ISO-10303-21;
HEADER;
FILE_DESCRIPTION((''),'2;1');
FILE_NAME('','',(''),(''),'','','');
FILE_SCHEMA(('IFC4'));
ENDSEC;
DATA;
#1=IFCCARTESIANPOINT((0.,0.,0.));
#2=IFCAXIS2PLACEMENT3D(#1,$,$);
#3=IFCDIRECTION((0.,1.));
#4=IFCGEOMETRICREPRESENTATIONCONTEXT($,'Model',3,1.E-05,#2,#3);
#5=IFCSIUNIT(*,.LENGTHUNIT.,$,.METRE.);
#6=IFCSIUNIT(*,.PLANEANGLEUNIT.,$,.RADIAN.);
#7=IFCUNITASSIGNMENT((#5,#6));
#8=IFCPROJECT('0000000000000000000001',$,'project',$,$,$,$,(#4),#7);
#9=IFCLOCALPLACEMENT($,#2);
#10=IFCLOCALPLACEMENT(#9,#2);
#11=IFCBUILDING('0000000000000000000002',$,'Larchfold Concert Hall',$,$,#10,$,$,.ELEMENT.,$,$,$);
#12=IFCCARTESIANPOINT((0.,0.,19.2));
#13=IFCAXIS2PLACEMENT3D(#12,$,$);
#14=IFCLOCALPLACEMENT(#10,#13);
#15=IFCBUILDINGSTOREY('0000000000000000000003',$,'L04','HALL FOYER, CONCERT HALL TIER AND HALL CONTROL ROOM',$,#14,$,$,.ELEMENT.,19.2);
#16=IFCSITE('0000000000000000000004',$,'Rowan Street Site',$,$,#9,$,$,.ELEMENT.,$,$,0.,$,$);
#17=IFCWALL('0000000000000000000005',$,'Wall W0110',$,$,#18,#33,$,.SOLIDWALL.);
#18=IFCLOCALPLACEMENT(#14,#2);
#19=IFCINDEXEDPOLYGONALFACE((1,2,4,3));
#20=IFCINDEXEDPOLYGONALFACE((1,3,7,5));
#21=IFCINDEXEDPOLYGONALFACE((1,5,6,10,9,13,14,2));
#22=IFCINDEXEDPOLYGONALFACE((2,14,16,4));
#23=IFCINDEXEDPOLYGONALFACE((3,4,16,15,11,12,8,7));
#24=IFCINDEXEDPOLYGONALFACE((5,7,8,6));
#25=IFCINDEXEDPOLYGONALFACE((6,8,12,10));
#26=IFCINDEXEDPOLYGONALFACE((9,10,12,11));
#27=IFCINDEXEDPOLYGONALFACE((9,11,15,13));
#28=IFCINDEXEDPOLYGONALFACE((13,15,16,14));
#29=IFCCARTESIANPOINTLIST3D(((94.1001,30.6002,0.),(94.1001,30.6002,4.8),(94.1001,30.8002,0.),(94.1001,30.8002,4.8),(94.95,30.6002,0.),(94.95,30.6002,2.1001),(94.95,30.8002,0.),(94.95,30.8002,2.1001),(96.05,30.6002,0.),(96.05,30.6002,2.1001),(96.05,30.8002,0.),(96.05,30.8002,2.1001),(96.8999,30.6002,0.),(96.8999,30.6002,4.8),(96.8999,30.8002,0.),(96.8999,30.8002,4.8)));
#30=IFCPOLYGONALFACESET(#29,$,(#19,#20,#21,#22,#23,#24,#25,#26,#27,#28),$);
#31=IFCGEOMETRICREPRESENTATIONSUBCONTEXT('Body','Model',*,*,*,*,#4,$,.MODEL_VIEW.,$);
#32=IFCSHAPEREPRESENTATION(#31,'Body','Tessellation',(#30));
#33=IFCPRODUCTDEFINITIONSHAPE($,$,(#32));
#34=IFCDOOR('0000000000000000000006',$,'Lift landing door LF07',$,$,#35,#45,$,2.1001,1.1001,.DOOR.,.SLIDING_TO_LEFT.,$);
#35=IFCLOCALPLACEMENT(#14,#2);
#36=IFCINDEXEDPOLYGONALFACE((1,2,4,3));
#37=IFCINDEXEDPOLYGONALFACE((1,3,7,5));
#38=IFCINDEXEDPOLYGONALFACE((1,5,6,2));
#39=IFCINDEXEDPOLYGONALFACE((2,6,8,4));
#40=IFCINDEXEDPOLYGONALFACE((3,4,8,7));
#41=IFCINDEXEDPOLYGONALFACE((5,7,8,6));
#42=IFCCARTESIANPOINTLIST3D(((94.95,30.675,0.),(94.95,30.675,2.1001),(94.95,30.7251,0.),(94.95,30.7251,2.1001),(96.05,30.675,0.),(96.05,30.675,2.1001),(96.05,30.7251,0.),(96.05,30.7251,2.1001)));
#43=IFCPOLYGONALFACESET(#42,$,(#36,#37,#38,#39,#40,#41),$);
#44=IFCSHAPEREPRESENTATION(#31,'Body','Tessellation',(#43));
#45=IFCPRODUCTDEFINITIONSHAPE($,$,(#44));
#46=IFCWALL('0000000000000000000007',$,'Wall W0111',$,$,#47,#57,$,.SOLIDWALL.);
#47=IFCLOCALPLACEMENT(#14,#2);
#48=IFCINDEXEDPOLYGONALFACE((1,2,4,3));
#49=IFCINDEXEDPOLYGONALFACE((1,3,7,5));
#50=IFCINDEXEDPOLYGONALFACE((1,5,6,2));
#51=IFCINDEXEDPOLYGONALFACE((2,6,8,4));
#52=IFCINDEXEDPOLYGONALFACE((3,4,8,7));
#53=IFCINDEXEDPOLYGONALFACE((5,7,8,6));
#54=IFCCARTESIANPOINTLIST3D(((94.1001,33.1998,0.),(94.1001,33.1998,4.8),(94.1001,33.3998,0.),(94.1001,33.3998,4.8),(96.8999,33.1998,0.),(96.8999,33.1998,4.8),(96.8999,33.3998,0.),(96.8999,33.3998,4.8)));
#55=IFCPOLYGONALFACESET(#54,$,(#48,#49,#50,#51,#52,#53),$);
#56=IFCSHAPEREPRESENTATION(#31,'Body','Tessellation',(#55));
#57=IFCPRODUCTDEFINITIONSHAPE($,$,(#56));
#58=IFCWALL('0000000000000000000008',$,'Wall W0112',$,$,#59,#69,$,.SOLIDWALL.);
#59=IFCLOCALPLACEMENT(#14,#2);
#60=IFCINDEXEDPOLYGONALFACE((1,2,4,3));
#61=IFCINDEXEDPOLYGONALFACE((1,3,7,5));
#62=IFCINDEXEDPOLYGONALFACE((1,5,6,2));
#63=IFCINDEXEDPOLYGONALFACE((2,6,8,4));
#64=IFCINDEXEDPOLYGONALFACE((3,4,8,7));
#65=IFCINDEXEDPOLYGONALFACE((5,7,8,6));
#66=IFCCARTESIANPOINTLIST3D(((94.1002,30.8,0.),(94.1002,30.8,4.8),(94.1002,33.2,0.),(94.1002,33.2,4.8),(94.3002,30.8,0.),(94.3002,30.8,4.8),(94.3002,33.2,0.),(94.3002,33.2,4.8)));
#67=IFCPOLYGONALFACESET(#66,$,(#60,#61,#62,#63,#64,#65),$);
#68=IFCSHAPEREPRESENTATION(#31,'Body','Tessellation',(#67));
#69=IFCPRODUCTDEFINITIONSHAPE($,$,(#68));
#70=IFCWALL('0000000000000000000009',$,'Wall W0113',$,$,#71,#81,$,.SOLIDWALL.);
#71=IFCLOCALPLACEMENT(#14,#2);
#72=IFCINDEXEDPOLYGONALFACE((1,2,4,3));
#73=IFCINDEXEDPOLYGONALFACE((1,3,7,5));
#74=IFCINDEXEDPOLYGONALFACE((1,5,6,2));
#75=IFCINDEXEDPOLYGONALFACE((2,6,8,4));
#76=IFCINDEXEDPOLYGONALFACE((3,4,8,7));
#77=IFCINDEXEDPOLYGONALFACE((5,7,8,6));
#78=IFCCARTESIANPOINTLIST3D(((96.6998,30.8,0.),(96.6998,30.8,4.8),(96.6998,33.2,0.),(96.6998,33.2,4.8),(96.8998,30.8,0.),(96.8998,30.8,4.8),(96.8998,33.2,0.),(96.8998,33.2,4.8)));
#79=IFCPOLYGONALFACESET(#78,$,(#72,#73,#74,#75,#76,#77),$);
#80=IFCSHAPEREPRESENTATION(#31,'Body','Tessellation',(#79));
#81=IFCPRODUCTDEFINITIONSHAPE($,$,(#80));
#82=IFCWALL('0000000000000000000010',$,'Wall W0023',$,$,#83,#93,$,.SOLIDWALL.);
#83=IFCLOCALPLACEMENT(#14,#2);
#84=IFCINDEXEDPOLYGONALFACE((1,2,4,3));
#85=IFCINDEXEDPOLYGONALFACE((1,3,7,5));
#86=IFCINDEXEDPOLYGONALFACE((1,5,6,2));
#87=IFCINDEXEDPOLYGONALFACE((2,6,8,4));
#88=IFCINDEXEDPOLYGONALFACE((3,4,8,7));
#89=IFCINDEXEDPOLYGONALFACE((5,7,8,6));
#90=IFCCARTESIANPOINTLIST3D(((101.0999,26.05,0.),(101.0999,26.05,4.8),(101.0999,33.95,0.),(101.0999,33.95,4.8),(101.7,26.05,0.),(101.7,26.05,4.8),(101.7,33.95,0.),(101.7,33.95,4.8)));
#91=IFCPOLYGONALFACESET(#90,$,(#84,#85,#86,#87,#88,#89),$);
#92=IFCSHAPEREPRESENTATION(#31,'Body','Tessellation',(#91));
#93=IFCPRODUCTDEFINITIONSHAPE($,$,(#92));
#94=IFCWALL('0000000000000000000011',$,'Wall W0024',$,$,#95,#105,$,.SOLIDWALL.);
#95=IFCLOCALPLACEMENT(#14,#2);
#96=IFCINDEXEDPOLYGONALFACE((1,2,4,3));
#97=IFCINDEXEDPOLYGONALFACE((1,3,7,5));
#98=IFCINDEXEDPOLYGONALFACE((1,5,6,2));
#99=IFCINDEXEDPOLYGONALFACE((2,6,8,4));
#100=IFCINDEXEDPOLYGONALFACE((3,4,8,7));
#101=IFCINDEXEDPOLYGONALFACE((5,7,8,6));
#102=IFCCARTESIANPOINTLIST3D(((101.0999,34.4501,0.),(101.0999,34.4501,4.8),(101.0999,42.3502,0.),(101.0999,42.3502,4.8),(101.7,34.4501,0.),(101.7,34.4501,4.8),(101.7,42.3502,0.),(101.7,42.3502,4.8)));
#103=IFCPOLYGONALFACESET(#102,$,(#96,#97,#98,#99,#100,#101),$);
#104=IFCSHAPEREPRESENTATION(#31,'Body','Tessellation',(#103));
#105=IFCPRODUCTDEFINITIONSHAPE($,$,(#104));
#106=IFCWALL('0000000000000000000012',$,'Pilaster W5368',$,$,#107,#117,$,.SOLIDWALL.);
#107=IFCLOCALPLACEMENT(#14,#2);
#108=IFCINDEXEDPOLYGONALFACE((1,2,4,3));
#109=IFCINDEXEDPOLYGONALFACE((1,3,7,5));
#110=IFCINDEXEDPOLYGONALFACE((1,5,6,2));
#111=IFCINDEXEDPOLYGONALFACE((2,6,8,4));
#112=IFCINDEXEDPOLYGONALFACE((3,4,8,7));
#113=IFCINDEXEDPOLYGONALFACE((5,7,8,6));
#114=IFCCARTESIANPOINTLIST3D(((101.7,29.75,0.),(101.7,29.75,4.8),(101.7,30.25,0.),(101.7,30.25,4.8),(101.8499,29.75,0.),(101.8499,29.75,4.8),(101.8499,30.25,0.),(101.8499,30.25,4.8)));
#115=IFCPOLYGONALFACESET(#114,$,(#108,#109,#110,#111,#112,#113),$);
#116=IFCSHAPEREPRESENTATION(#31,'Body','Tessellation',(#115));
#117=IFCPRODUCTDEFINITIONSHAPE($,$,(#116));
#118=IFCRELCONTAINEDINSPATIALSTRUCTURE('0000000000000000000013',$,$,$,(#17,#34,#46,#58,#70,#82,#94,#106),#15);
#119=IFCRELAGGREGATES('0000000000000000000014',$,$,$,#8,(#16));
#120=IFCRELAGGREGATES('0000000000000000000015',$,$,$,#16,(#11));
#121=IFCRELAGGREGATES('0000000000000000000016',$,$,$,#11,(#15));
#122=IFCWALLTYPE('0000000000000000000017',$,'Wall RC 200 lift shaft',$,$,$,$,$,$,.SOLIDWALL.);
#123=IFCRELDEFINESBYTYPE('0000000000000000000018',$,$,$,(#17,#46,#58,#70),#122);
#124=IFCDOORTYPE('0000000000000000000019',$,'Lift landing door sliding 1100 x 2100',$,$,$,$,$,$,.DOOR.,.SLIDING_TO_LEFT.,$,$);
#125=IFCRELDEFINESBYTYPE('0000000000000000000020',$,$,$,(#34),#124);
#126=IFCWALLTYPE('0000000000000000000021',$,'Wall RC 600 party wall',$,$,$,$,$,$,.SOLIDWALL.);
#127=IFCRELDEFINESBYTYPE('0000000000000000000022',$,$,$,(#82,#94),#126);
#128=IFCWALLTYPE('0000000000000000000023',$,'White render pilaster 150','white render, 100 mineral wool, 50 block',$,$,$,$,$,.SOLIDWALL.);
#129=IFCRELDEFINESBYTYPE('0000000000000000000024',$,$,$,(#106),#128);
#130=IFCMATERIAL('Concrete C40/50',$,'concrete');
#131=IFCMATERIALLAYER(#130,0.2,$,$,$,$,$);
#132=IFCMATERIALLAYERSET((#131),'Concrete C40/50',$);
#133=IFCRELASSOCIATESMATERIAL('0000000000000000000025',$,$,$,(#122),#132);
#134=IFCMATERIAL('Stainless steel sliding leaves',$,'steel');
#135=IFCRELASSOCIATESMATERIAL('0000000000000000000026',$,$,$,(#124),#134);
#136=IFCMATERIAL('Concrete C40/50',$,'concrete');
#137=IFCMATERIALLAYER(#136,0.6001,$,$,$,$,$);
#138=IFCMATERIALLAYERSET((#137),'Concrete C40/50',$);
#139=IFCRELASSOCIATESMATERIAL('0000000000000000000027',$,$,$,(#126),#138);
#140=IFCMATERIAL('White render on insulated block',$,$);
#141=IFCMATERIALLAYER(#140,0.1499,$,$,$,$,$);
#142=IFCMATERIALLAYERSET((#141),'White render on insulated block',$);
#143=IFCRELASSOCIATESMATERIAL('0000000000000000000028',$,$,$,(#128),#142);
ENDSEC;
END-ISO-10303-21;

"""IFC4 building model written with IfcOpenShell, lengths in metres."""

from ifc_helpers import new_model, si_unit, direction, frame, frame_2d, origin, place, context, subcontext, project, spatial, rectangle, extrude, material, layer, layer_set, type_object, element, fill, save


model = new_model("IFC4")

# Units and contexts
model_context = context("Model", 3, precision=1e-05, world=origin(), true_north=direction((0.0, 1.0)))
body_context = subcontext(model_context, "Body", "Model", "MODEL_VIEW")
ifc_project = project(units=[si_unit("LENGTHUNIT", "METRE"), si_unit("PLANEANGLEUNIT", "RADIAN")], contexts=[model_context])

# Site, building, storey
site_placement = place(None, origin())
site = spatial("IfcSite", under=ifc_project, at=site_placement, Name="Rowan Street Site", CompositionType="ELEMENT", RefElevation=0.0)
building_placement = place(site_placement, origin())
building = spatial("IfcBuilding", under=site, at=building_placement, Name="Larchfold Concert Hall", CompositionType="ELEMENT")
storey_placement = place(building_placement, frame((0.0, 0.0, 19.2)))
storey = spatial("IfcBuildingStorey", under=building, at=storey_placement, Name="L04", Description="HALL FOYER, CONCERT HALL TIER AND HALL CONTROL ROOM", CompositionType="ELEMENT", Elevation=19.2)

# Wall, opening, door
ifc_material_1 = material(Name="Concrete C40/50", Category="concrete")
ifc_layer_1 = layer(ifc_material_1, 0.2)
ifc_layer_set_1 = layer_set([ifc_layer_1], Name="Concrete C40/50")
wall_type_1 = type_object("IfcWallType", Name="Wall RC 200 lift shaft", PredefinedType="SOLIDWALL", material=ifc_layer_set_1)
wall_1_placement = place(storey_placement, frame((94.1001, 30.7002, 0.0), z_axis=(0.0, 0.0, 1.0), x_axis=(1.0, 0.0, 0.0)))
wall_1 = element("IfcWall", 1, at=wall_1_placement, inside=storey, type_object=wall_type_1, Name="Wall W0110", PredefinedType="SOLIDWALL", context=body_context, shape_type="SweptSolid", body=[
    extrude(rectangle(XDim=2.7998, YDim=0.2, at=frame_2d((1.3999, 0.0))), origin(), (0.0, 0.0, 1.0), 4.8),
])
opening_1_placement = place(wall_1_placement, frame((0.8499, 0.0, 0.0)))
opening_1 = element("IfcOpeningElement", 2, at=opening_1_placement, cuts=wall_1, PredefinedType="OPENING", context=body_context, shape_type="SweptSolid", body=[
    extrude(rectangle(XDim=1.1001, YDim=2.1001, at=frame_2d((0.55, 1.05))), frame((0.0, 0.1099, 0.0), z_axis=(0.0, -1.0, 0.0), x_axis=(1.0, 0.0, 0.0)), (0.0, 0.0, 1.0), 0.22),
])
ifc_material_2 = material(Name="Stainless steel sliding leaves", Category="steel")
door_type_1 = type_object("IfcDoorType", Name="Lift landing door sliding 1100 x 2100", OperationType="SLIDING_TO_LEFT", PredefinedType="DOOR", material=ifc_material_2)
door_1_placement = place(opening_1_placement, origin())
door_1 = element("IfcDoor", 3, at=door_1_placement, inside=storey, type_object=door_type_1, Name="Lift landing door LF07", OperationType="SLIDING_TO_LEFT", OverallHeight=2.1001, OverallWidth=1.1001, PredefinedType="DOOR", context=body_context, shape_type="SweptSolid", body=[
    extrude(rectangle(XDim=1.1001, YDim=2.1001, at=frame_2d((0.55, 1.05))), frame((0.0, 0.0249, 0.0), z_axis=(0.0, -1.0, 0.0), x_axis=(1.0, 0.0, 0.0)), (0.0, 0.0, 1.0), 0.05),
])
fill(opening_1, door_1)

# Walls
wall_2_placement = place(storey_placement, frame((94.1001, 33.2998, 0.0), z_axis=(0.0, 0.0, 1.0), x_axis=(1.0, 0.0, 0.0)))
element("IfcWall", 4, at=wall_2_placement, inside=storey, type_object=wall_type_1, Name="Wall W0111", PredefinedType="SOLIDWALL", context=body_context, shape_type="SweptSolid", body=[
    extrude(rectangle(XDim=2.7998, YDim=0.2, at=frame_2d((1.3999, 0.0))), origin(), (0.0, 0.0, 1.0), 4.8),
])
for number, where, z_axis, x_axis, name in (
    (5, (94.2002, 30.8, 0.0), (0.0, 0.0, 1.0), (0.0, 1.0, 0.0), "Wall W0112"),
    (6, (96.7998, 30.8, 0.0), (0.0, 0.0, 1.0), (0.0, 1.0, 0.0), "Wall W0113"),
):
    element("IfcWall", number, at=place(storey_placement, frame(where, z_axis=z_axis, x_axis=x_axis)), inside=storey, type_object=wall_type_1, Name=name, PredefinedType="SOLIDWALL", context=body_context, shape_type="SweptSolid", body=[
        extrude(rectangle(XDim=2.3999, YDim=0.2, at=frame_2d((1.2, 0.0))), origin(), (0.0, 0.0, 1.0), 4.8),
    ])
ifc_material_3 = material(Name="Concrete C40/50", Category="concrete")
ifc_layer_2 = layer(ifc_material_3, 0.6001)
ifc_layer_set_2 = layer_set([ifc_layer_2], Name="Concrete C40/50")
wall_type_2 = type_object("IfcWallType", Name="Wall RC 600 party wall", PredefinedType="SOLIDWALL", material=ifc_layer_set_2)
wall_3_placement = place(storey_placement, frame((101.3999, 26.05, 0.0), z_axis=(0.0, 0.0, 1.0), x_axis=(0.0, 1.0, 0.0)))
element("IfcWall", 7, at=wall_3_placement, inside=storey, type_object=wall_type_2, Name="Wall W0023", PredefinedType="SOLIDWALL", context=body_context, shape_type="SweptSolid", body=[
    extrude(rectangle(XDim=7.8999, YDim=0.6001, at=frame_2d((3.95, 0.0))), origin(), (0.0, 0.0, 1.0), 4.8),
])
wall_4_placement = place(storey_placement, frame((101.3999, 34.45, 0.0), z_axis=(0.0, 0.0, 1.0), x_axis=(0.0, 1.0, 0.0)))
element("IfcWall", 8, at=wall_4_placement, inside=storey, type_object=wall_type_2, Name="Wall W0024", PredefinedType="SOLIDWALL", context=body_context, shape_type="SweptSolid", body=[
    extrude(rectangle(XDim=7.9001, YDim=0.6001, at=frame_2d((3.9502, 0.0))), origin(), (0.0, 0.0, 1.0), 4.8),
])
ifc_material_4 = material(Name="White render on insulated block")
ifc_layer_3 = layer(ifc_material_4, 0.1499)
ifc_layer_set_3 = layer_set([ifc_layer_3], Name="White render on insulated block")
wall_type_3 = type_object("IfcWallType", Name="White render pilaster 150", Description="white render, 100 mineral wool, 50 block", PredefinedType="SOLIDWALL", material=ifc_layer_set_3)
wall_5_placement = place(storey_placement, frame((101.7749, 29.75, 0.0), z_axis=(0.0, 0.0, 1.0), x_axis=(0.0, 1.0, 0.0)))
element("IfcWall", 9, at=wall_5_placement, inside=storey, type_object=wall_type_3, Name="Pilaster W5368", PredefinedType="SOLIDWALL", context=body_context, shape_type="SweptSolid", body=[
    extrude(rectangle(XDim=0.5, YDim=0.1499, at=frame_2d((0.25, 0.0))), origin(), (0.0, 0.0, 1.0), 4.8),
])

save(model, "model.ifc")
